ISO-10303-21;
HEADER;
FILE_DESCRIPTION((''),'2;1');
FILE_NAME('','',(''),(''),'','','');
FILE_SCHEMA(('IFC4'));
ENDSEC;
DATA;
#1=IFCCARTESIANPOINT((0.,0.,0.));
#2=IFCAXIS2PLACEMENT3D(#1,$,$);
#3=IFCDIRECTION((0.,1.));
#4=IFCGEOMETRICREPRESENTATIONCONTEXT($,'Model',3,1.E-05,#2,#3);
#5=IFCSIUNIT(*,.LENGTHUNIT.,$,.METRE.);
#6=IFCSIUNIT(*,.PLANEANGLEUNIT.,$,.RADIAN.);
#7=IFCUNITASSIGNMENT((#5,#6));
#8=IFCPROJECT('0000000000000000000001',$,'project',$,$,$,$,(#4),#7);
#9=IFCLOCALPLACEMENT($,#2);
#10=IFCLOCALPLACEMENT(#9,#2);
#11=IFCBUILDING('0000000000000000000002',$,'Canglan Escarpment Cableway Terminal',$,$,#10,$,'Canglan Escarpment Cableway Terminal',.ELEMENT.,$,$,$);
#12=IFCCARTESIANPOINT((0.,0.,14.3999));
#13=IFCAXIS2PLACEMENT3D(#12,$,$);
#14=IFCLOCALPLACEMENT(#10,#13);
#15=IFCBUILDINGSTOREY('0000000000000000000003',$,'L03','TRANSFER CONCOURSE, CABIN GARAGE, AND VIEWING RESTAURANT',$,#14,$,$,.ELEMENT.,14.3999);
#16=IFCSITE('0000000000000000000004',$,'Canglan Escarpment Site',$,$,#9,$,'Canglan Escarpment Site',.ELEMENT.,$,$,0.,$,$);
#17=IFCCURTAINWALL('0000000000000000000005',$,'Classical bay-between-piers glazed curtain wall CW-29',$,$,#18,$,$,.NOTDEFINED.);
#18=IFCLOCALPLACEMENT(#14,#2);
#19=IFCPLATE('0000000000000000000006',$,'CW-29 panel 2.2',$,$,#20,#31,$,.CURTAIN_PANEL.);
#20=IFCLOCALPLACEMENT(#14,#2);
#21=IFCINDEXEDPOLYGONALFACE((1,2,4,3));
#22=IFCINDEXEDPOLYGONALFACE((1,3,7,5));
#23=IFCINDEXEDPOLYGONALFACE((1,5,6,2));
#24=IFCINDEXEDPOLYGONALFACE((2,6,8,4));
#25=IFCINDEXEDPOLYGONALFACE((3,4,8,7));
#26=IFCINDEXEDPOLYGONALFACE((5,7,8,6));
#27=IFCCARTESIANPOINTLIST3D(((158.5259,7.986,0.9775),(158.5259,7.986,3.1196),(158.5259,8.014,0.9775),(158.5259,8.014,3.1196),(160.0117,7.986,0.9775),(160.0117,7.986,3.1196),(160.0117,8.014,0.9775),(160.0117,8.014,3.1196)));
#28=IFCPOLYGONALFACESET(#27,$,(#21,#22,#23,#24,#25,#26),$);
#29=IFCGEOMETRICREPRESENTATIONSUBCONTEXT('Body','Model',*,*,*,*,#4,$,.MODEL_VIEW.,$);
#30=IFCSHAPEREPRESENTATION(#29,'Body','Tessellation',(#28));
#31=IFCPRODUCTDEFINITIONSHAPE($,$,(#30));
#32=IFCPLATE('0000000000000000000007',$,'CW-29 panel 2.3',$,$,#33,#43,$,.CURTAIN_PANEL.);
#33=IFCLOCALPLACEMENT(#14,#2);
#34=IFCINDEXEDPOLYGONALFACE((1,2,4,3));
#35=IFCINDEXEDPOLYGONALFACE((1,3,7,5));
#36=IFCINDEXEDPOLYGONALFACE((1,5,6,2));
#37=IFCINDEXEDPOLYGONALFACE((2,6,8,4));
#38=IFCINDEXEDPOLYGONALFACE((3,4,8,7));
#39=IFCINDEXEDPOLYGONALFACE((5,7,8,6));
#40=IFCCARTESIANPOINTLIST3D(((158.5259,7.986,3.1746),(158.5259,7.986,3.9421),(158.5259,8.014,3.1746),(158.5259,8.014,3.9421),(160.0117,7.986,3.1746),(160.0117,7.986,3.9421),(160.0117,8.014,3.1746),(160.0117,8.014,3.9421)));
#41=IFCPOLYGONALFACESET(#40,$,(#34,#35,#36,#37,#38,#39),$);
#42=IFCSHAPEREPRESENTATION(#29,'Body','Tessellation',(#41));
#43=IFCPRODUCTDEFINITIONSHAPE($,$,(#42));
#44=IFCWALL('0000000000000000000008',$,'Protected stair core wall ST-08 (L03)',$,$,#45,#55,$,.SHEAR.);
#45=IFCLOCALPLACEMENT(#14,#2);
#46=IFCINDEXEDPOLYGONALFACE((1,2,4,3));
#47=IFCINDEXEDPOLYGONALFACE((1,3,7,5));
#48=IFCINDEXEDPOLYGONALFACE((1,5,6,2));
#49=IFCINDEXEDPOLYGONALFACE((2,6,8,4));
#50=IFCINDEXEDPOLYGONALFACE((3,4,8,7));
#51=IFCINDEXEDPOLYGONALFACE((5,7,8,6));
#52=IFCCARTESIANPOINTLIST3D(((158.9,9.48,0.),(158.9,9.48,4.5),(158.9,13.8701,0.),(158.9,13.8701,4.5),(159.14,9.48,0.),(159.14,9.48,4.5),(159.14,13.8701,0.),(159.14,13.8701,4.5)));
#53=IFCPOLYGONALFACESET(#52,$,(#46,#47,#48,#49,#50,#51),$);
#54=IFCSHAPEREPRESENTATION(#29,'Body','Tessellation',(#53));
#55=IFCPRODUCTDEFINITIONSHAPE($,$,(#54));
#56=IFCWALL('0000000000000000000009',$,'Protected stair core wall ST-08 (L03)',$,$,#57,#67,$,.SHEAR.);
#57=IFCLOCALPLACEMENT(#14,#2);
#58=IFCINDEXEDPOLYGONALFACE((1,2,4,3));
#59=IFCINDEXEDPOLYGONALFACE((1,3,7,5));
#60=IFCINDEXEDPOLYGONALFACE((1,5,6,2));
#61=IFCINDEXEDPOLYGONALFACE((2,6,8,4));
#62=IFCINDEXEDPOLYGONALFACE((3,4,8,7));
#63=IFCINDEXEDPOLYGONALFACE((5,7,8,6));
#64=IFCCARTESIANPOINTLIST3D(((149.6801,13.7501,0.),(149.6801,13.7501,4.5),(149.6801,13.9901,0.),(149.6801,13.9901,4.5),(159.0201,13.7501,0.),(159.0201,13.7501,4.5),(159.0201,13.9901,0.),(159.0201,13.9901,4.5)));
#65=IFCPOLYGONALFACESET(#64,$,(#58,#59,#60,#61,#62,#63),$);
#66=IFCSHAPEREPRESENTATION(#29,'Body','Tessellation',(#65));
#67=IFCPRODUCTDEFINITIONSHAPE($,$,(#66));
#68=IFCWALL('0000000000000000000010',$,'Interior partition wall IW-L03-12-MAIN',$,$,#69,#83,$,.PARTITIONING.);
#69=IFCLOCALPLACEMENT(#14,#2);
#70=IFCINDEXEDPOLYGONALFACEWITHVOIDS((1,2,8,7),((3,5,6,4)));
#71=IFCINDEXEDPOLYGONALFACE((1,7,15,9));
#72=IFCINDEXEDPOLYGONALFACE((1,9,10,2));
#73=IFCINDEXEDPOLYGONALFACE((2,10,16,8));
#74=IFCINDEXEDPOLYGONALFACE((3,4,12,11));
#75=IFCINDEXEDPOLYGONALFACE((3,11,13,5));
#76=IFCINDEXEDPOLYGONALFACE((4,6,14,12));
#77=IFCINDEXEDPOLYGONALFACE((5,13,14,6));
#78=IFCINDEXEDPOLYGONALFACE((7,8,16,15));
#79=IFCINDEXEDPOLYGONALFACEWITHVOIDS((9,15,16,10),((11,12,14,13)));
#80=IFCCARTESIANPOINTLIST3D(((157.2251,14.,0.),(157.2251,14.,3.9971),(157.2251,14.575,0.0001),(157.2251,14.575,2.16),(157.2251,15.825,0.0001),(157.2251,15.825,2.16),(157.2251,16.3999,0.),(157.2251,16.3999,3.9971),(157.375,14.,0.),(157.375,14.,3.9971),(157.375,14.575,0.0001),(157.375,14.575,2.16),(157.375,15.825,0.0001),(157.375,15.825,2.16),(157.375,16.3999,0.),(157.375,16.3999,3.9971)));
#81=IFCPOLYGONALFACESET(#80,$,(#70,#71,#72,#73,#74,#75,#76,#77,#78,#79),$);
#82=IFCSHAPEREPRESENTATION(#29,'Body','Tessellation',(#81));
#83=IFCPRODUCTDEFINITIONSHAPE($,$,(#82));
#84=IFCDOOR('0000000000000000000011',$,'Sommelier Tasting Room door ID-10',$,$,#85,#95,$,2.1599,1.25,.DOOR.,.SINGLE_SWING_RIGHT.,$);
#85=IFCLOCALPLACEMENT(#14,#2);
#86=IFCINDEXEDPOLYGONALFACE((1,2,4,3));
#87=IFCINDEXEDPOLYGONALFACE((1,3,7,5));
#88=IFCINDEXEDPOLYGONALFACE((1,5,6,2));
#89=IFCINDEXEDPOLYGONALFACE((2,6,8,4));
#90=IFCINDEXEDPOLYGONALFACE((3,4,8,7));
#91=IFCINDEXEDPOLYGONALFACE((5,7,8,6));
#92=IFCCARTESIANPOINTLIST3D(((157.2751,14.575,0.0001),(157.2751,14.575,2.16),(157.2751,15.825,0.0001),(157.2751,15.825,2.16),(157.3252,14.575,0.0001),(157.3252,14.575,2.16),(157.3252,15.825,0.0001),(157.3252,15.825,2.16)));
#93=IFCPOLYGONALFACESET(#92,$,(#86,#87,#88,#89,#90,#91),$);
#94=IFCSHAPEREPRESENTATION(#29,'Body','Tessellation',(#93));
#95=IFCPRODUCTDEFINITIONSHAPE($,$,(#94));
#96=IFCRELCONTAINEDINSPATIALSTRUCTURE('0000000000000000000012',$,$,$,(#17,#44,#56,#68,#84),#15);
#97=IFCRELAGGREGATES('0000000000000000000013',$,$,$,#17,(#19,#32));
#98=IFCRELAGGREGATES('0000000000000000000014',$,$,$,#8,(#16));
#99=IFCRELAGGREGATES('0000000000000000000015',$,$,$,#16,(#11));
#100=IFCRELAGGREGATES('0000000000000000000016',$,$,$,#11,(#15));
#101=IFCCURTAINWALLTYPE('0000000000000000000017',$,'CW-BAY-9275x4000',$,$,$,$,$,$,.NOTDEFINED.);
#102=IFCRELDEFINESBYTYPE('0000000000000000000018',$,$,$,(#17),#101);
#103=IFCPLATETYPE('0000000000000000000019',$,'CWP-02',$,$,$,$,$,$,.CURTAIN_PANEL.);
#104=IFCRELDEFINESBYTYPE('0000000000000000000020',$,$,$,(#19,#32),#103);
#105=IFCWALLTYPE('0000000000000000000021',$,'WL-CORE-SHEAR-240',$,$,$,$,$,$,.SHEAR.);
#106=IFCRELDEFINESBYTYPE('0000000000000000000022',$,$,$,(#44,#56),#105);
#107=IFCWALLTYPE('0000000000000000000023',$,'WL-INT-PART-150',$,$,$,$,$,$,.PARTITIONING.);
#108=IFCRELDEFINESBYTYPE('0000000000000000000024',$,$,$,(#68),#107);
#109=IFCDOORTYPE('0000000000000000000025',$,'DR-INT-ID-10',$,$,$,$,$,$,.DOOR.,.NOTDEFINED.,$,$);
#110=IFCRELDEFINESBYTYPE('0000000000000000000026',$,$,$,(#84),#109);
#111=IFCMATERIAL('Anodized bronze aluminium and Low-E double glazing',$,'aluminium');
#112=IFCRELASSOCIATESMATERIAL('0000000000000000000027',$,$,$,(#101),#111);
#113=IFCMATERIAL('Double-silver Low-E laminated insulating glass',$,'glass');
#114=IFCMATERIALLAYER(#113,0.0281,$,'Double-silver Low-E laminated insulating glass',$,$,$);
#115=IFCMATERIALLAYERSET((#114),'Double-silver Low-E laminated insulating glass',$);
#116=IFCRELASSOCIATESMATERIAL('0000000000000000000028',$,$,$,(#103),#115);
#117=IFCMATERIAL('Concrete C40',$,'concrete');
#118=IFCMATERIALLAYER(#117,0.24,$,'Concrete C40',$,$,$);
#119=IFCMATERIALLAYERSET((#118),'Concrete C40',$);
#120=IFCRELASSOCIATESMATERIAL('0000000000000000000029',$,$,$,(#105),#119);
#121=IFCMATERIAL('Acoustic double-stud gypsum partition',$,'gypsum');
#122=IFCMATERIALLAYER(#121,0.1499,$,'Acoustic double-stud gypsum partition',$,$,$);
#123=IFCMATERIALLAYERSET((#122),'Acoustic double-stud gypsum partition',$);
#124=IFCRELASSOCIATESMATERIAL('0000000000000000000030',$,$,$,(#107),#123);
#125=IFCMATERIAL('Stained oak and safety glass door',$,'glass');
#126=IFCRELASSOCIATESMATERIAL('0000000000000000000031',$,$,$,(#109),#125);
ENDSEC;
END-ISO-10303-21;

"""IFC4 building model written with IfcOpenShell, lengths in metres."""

from ifc_helpers import new_model, si_unit, direction, frame, frame_2d, origin, origin_2d, place, context, subcontext, project, spatial, rectangle, extrude, material, layer, layer_set, type_object, element, fill, aggregate, save


model = new_model("IFC4")

# Units and contexts
model_context = context("Model", 3, precision=1e-05, world=origin(), true_north=direction((0.0, 1.0)))
body_context = subcontext(model_context, "Body", "Model", "MODEL_VIEW")
ifc_project = project(units=[si_unit("LENGTHUNIT", "METRE"), si_unit("PLANEANGLEUNIT", "RADIAN")], contexts=[model_context])

# Site, building, storey
site_placement = place(None, origin())
site = spatial("IfcSite", under=ifc_project, at=site_placement, Name="Canglan Escarpment Site", LongName="Canglan Escarpment Site", CompositionType="ELEMENT", RefElevation=0.0)
building_placement = place(site_placement, origin())
building = spatial("IfcBuilding", under=site, at=building_placement, Name="Canglan Escarpment Cableway Terminal", LongName="Canglan Escarpment Cableway Terminal", CompositionType="ELEMENT")
storey_placement = place(building_placement, frame((0.0, 0.0, 14.3999)))
storey = spatial("IfcBuildingStorey", under=building, at=storey_placement, Name="L03", Description="TRANSFER CONCOURSE, CABIN GARAGE, AND VIEWING RESTAURANT", CompositionType="ELEMENT", Elevation=14.3999)

# Curtain wall, plates
ifc_material_1 = material(Name="Anodized bronze aluminium and Low-E double glazing", Category="aluminium")
curtain_wall_type = type_object("IfcCurtainWallType", Name="CW-BAY-9275x4000", PredefinedType="NOTDEFINED", material=ifc_material_1)
curtain_wall_placement = place(storey_placement, origin())
curtain_wall = element("IfcCurtainWall", 1, at=curtain_wall_placement, inside=storey, type_object=curtain_wall_type, Name="Classical bay-between-piers glazed curtain wall CW-29", PredefinedType="NOTDEFINED")
ifc_material_2 = material(Name="Double-silver Low-E laminated insulating glass", Category="glass")
ifc_layer_1 = layer(ifc_material_2, 0.0281, Name="Double-silver Low-E laminated insulating glass")
ifc_layer_set_1 = layer_set([ifc_layer_1], Name="Double-silver Low-E laminated insulating glass")
plate_type = type_object("IfcPlateType", Name="CWP-02", PredefinedType="CURTAIN_PANEL", material=ifc_layer_set_1)
plate_1_placement = place(storey_placement, frame((159.2688, 8.0, 0.9775), z_axis=(0.0, 0.0, 1.0), x_axis=(1.0, 0.0, 0.0)))
plate_1 = element("IfcPlate", 2, at=plate_1_placement, type_object=plate_type, Name="CW-29 panel 2.2", PredefinedType="CURTAIN_PANEL", context=body_context, shape_type="SweptSolid", body=[
    extrude(rectangle(XDim=1.4858, YDim=0.0281, at=origin_2d()), origin(), (0.0, 0.0, 1.0), 2.1421),
])
plate_2_placement = place(storey_placement, frame((159.2688, 8.0, 3.1746), z_axis=(0.0, 0.0, 1.0), x_axis=(1.0, 0.0, 0.0)))
plate_2 = element("IfcPlate", 3, at=plate_2_placement, type_object=plate_type, Name="CW-29 panel 2.3", PredefinedType="CURTAIN_PANEL", context=body_context, shape_type="SweptSolid", body=[
    extrude(rectangle(XDim=1.4858, YDim=0.0281, at=origin_2d()), origin(), (0.0, 0.0, 1.0), 0.7676),
])
aggregate(curtain_wall, [plate_1, plate_2])

# Walls
ifc_material_3 = material(Name="Concrete C40", Category="concrete")
ifc_layer_2 = layer(ifc_material_3, 0.24, Name="Concrete C40")
ifc_layer_set_2 = layer_set([ifc_layer_2], Name="Concrete C40")
wall_type_1 = type_object("IfcWallType", Name="WL-CORE-SHEAR-240", PredefinedType="SHEAR", material=ifc_layer_set_2)
wall_1_placement = place(storey_placement, frame((159.02, 9.48, 0.0), z_axis=(0.0, 0.0, 1.0), x_axis=(0.0, 1.0, 0.0)))
element("IfcWall", 4, at=wall_1_placement, inside=storey, type_object=wall_type_1, Name="Protected stair core wall ST-08 (L03)", PredefinedType="SHEAR", context=body_context, shape_type="SweptSolid", body=[
    extrude(rectangle(XDim=4.3901, YDim=0.24, at=frame_2d((2.1951, 0.0))), origin(), (0.0, 0.0, 1.0), 4.5),
])
wall_2_placement = place(storey_placement, frame((159.02, 13.8701, 0.0), z_axis=(0.0, 0.0, 1.0), x_axis=(-1.0, 0.0, 0.0)))
element("IfcWall", 5, at=wall_2_placement, inside=storey, type_object=wall_type_1, Name="Protected stair core wall ST-08 (L03)", PredefinedType="SHEAR", context=body_context, shape_type="SweptSolid", body=[
    extrude(rectangle(XDim=9.3401, YDim=0.24, at=frame_2d((4.6699, 0.0))), origin(), (0.0, 0.0, 1.0), 4.5),
])

# Wall, opening, door
ifc_material_4 = material(Name="Acoustic double-stud gypsum partition", Category="gypsum")
ifc_layer_3 = layer(ifc_material_4, 0.1499, Name="Acoustic double-stud gypsum partition")
ifc_layer_set_3 = layer_set([ifc_layer_3], Name="Acoustic double-stud gypsum partition")
wall_type_2 = type_object("IfcWallType", Name="WL-INT-PART-150", PredefinedType="PARTITIONING", material=ifc_layer_set_3)
wall_3_placement = place(storey_placement, frame((157.3, 14.0, 0.0), z_axis=(0.0, 0.0, 1.0), x_axis=(0.0, 1.0, 0.0)))
wall_3 = element("IfcWall", 6, at=wall_3_placement, inside=storey, type_object=wall_type_2, Name="Interior partition wall IW-L03-12-MAIN", PredefinedType="PARTITIONING", context=body_context, shape_type="SweptSolid", body=[
    extrude(rectangle(XDim=2.3999, YDim=0.1499, at=frame_2d((1.2, 0.0))), origin(), (0.0, 0.0, 1.0), 3.9971),
])
opening_placement = place(wall_3_placement, frame((0.575, 0.0, 0.0)))
opening = element("IfcOpeningElement", 7, at=opening_placement, cuts=wall_3, PredefinedType="OPENING", context=body_context, shape_type="SweptSolid", body=[
    extrude(rectangle(XDim=1.25, YDim=2.1599, at=frame_2d((0.625, 1.0801))), frame((0.0, 0.085, 0.0), z_axis=(0.0, -1.0, 0.0), x_axis=(1.0, 0.0, 0.0)), (0.0, 0.0, 1.0), 0.1699),
])
ifc_material_5 = material(Name="Stained oak and safety glass door", Category="glass")
door_type = type_object("IfcDoorType", Name="DR-INT-ID-10", OperationType="NOTDEFINED", PredefinedType="DOOR", material=ifc_material_5)
door_placement = place(opening_placement, origin())
door = element("IfcDoor", 8, at=door_placement, inside=storey, type_object=door_type, Name="Sommelier Tasting Room door ID-10", OperationType="SINGLE_SWING_RIGHT", OverallHeight=2.1599, OverallWidth=1.25, PredefinedType="DOOR", context=body_context, shape_type="SweptSolid", body=[
    extrude(rectangle(XDim=1.25, YDim=2.1599, at=frame_2d((0.625, 1.0801))), frame((0.0, 0.0249, 0.0), z_axis=(0.0, -1.0, 0.0), x_axis=(1.0, 0.0, 0.0)), (0.0, 0.0, 1.0), 0.05),
])
fill(opening, door)

save(model, "model.ifc")
